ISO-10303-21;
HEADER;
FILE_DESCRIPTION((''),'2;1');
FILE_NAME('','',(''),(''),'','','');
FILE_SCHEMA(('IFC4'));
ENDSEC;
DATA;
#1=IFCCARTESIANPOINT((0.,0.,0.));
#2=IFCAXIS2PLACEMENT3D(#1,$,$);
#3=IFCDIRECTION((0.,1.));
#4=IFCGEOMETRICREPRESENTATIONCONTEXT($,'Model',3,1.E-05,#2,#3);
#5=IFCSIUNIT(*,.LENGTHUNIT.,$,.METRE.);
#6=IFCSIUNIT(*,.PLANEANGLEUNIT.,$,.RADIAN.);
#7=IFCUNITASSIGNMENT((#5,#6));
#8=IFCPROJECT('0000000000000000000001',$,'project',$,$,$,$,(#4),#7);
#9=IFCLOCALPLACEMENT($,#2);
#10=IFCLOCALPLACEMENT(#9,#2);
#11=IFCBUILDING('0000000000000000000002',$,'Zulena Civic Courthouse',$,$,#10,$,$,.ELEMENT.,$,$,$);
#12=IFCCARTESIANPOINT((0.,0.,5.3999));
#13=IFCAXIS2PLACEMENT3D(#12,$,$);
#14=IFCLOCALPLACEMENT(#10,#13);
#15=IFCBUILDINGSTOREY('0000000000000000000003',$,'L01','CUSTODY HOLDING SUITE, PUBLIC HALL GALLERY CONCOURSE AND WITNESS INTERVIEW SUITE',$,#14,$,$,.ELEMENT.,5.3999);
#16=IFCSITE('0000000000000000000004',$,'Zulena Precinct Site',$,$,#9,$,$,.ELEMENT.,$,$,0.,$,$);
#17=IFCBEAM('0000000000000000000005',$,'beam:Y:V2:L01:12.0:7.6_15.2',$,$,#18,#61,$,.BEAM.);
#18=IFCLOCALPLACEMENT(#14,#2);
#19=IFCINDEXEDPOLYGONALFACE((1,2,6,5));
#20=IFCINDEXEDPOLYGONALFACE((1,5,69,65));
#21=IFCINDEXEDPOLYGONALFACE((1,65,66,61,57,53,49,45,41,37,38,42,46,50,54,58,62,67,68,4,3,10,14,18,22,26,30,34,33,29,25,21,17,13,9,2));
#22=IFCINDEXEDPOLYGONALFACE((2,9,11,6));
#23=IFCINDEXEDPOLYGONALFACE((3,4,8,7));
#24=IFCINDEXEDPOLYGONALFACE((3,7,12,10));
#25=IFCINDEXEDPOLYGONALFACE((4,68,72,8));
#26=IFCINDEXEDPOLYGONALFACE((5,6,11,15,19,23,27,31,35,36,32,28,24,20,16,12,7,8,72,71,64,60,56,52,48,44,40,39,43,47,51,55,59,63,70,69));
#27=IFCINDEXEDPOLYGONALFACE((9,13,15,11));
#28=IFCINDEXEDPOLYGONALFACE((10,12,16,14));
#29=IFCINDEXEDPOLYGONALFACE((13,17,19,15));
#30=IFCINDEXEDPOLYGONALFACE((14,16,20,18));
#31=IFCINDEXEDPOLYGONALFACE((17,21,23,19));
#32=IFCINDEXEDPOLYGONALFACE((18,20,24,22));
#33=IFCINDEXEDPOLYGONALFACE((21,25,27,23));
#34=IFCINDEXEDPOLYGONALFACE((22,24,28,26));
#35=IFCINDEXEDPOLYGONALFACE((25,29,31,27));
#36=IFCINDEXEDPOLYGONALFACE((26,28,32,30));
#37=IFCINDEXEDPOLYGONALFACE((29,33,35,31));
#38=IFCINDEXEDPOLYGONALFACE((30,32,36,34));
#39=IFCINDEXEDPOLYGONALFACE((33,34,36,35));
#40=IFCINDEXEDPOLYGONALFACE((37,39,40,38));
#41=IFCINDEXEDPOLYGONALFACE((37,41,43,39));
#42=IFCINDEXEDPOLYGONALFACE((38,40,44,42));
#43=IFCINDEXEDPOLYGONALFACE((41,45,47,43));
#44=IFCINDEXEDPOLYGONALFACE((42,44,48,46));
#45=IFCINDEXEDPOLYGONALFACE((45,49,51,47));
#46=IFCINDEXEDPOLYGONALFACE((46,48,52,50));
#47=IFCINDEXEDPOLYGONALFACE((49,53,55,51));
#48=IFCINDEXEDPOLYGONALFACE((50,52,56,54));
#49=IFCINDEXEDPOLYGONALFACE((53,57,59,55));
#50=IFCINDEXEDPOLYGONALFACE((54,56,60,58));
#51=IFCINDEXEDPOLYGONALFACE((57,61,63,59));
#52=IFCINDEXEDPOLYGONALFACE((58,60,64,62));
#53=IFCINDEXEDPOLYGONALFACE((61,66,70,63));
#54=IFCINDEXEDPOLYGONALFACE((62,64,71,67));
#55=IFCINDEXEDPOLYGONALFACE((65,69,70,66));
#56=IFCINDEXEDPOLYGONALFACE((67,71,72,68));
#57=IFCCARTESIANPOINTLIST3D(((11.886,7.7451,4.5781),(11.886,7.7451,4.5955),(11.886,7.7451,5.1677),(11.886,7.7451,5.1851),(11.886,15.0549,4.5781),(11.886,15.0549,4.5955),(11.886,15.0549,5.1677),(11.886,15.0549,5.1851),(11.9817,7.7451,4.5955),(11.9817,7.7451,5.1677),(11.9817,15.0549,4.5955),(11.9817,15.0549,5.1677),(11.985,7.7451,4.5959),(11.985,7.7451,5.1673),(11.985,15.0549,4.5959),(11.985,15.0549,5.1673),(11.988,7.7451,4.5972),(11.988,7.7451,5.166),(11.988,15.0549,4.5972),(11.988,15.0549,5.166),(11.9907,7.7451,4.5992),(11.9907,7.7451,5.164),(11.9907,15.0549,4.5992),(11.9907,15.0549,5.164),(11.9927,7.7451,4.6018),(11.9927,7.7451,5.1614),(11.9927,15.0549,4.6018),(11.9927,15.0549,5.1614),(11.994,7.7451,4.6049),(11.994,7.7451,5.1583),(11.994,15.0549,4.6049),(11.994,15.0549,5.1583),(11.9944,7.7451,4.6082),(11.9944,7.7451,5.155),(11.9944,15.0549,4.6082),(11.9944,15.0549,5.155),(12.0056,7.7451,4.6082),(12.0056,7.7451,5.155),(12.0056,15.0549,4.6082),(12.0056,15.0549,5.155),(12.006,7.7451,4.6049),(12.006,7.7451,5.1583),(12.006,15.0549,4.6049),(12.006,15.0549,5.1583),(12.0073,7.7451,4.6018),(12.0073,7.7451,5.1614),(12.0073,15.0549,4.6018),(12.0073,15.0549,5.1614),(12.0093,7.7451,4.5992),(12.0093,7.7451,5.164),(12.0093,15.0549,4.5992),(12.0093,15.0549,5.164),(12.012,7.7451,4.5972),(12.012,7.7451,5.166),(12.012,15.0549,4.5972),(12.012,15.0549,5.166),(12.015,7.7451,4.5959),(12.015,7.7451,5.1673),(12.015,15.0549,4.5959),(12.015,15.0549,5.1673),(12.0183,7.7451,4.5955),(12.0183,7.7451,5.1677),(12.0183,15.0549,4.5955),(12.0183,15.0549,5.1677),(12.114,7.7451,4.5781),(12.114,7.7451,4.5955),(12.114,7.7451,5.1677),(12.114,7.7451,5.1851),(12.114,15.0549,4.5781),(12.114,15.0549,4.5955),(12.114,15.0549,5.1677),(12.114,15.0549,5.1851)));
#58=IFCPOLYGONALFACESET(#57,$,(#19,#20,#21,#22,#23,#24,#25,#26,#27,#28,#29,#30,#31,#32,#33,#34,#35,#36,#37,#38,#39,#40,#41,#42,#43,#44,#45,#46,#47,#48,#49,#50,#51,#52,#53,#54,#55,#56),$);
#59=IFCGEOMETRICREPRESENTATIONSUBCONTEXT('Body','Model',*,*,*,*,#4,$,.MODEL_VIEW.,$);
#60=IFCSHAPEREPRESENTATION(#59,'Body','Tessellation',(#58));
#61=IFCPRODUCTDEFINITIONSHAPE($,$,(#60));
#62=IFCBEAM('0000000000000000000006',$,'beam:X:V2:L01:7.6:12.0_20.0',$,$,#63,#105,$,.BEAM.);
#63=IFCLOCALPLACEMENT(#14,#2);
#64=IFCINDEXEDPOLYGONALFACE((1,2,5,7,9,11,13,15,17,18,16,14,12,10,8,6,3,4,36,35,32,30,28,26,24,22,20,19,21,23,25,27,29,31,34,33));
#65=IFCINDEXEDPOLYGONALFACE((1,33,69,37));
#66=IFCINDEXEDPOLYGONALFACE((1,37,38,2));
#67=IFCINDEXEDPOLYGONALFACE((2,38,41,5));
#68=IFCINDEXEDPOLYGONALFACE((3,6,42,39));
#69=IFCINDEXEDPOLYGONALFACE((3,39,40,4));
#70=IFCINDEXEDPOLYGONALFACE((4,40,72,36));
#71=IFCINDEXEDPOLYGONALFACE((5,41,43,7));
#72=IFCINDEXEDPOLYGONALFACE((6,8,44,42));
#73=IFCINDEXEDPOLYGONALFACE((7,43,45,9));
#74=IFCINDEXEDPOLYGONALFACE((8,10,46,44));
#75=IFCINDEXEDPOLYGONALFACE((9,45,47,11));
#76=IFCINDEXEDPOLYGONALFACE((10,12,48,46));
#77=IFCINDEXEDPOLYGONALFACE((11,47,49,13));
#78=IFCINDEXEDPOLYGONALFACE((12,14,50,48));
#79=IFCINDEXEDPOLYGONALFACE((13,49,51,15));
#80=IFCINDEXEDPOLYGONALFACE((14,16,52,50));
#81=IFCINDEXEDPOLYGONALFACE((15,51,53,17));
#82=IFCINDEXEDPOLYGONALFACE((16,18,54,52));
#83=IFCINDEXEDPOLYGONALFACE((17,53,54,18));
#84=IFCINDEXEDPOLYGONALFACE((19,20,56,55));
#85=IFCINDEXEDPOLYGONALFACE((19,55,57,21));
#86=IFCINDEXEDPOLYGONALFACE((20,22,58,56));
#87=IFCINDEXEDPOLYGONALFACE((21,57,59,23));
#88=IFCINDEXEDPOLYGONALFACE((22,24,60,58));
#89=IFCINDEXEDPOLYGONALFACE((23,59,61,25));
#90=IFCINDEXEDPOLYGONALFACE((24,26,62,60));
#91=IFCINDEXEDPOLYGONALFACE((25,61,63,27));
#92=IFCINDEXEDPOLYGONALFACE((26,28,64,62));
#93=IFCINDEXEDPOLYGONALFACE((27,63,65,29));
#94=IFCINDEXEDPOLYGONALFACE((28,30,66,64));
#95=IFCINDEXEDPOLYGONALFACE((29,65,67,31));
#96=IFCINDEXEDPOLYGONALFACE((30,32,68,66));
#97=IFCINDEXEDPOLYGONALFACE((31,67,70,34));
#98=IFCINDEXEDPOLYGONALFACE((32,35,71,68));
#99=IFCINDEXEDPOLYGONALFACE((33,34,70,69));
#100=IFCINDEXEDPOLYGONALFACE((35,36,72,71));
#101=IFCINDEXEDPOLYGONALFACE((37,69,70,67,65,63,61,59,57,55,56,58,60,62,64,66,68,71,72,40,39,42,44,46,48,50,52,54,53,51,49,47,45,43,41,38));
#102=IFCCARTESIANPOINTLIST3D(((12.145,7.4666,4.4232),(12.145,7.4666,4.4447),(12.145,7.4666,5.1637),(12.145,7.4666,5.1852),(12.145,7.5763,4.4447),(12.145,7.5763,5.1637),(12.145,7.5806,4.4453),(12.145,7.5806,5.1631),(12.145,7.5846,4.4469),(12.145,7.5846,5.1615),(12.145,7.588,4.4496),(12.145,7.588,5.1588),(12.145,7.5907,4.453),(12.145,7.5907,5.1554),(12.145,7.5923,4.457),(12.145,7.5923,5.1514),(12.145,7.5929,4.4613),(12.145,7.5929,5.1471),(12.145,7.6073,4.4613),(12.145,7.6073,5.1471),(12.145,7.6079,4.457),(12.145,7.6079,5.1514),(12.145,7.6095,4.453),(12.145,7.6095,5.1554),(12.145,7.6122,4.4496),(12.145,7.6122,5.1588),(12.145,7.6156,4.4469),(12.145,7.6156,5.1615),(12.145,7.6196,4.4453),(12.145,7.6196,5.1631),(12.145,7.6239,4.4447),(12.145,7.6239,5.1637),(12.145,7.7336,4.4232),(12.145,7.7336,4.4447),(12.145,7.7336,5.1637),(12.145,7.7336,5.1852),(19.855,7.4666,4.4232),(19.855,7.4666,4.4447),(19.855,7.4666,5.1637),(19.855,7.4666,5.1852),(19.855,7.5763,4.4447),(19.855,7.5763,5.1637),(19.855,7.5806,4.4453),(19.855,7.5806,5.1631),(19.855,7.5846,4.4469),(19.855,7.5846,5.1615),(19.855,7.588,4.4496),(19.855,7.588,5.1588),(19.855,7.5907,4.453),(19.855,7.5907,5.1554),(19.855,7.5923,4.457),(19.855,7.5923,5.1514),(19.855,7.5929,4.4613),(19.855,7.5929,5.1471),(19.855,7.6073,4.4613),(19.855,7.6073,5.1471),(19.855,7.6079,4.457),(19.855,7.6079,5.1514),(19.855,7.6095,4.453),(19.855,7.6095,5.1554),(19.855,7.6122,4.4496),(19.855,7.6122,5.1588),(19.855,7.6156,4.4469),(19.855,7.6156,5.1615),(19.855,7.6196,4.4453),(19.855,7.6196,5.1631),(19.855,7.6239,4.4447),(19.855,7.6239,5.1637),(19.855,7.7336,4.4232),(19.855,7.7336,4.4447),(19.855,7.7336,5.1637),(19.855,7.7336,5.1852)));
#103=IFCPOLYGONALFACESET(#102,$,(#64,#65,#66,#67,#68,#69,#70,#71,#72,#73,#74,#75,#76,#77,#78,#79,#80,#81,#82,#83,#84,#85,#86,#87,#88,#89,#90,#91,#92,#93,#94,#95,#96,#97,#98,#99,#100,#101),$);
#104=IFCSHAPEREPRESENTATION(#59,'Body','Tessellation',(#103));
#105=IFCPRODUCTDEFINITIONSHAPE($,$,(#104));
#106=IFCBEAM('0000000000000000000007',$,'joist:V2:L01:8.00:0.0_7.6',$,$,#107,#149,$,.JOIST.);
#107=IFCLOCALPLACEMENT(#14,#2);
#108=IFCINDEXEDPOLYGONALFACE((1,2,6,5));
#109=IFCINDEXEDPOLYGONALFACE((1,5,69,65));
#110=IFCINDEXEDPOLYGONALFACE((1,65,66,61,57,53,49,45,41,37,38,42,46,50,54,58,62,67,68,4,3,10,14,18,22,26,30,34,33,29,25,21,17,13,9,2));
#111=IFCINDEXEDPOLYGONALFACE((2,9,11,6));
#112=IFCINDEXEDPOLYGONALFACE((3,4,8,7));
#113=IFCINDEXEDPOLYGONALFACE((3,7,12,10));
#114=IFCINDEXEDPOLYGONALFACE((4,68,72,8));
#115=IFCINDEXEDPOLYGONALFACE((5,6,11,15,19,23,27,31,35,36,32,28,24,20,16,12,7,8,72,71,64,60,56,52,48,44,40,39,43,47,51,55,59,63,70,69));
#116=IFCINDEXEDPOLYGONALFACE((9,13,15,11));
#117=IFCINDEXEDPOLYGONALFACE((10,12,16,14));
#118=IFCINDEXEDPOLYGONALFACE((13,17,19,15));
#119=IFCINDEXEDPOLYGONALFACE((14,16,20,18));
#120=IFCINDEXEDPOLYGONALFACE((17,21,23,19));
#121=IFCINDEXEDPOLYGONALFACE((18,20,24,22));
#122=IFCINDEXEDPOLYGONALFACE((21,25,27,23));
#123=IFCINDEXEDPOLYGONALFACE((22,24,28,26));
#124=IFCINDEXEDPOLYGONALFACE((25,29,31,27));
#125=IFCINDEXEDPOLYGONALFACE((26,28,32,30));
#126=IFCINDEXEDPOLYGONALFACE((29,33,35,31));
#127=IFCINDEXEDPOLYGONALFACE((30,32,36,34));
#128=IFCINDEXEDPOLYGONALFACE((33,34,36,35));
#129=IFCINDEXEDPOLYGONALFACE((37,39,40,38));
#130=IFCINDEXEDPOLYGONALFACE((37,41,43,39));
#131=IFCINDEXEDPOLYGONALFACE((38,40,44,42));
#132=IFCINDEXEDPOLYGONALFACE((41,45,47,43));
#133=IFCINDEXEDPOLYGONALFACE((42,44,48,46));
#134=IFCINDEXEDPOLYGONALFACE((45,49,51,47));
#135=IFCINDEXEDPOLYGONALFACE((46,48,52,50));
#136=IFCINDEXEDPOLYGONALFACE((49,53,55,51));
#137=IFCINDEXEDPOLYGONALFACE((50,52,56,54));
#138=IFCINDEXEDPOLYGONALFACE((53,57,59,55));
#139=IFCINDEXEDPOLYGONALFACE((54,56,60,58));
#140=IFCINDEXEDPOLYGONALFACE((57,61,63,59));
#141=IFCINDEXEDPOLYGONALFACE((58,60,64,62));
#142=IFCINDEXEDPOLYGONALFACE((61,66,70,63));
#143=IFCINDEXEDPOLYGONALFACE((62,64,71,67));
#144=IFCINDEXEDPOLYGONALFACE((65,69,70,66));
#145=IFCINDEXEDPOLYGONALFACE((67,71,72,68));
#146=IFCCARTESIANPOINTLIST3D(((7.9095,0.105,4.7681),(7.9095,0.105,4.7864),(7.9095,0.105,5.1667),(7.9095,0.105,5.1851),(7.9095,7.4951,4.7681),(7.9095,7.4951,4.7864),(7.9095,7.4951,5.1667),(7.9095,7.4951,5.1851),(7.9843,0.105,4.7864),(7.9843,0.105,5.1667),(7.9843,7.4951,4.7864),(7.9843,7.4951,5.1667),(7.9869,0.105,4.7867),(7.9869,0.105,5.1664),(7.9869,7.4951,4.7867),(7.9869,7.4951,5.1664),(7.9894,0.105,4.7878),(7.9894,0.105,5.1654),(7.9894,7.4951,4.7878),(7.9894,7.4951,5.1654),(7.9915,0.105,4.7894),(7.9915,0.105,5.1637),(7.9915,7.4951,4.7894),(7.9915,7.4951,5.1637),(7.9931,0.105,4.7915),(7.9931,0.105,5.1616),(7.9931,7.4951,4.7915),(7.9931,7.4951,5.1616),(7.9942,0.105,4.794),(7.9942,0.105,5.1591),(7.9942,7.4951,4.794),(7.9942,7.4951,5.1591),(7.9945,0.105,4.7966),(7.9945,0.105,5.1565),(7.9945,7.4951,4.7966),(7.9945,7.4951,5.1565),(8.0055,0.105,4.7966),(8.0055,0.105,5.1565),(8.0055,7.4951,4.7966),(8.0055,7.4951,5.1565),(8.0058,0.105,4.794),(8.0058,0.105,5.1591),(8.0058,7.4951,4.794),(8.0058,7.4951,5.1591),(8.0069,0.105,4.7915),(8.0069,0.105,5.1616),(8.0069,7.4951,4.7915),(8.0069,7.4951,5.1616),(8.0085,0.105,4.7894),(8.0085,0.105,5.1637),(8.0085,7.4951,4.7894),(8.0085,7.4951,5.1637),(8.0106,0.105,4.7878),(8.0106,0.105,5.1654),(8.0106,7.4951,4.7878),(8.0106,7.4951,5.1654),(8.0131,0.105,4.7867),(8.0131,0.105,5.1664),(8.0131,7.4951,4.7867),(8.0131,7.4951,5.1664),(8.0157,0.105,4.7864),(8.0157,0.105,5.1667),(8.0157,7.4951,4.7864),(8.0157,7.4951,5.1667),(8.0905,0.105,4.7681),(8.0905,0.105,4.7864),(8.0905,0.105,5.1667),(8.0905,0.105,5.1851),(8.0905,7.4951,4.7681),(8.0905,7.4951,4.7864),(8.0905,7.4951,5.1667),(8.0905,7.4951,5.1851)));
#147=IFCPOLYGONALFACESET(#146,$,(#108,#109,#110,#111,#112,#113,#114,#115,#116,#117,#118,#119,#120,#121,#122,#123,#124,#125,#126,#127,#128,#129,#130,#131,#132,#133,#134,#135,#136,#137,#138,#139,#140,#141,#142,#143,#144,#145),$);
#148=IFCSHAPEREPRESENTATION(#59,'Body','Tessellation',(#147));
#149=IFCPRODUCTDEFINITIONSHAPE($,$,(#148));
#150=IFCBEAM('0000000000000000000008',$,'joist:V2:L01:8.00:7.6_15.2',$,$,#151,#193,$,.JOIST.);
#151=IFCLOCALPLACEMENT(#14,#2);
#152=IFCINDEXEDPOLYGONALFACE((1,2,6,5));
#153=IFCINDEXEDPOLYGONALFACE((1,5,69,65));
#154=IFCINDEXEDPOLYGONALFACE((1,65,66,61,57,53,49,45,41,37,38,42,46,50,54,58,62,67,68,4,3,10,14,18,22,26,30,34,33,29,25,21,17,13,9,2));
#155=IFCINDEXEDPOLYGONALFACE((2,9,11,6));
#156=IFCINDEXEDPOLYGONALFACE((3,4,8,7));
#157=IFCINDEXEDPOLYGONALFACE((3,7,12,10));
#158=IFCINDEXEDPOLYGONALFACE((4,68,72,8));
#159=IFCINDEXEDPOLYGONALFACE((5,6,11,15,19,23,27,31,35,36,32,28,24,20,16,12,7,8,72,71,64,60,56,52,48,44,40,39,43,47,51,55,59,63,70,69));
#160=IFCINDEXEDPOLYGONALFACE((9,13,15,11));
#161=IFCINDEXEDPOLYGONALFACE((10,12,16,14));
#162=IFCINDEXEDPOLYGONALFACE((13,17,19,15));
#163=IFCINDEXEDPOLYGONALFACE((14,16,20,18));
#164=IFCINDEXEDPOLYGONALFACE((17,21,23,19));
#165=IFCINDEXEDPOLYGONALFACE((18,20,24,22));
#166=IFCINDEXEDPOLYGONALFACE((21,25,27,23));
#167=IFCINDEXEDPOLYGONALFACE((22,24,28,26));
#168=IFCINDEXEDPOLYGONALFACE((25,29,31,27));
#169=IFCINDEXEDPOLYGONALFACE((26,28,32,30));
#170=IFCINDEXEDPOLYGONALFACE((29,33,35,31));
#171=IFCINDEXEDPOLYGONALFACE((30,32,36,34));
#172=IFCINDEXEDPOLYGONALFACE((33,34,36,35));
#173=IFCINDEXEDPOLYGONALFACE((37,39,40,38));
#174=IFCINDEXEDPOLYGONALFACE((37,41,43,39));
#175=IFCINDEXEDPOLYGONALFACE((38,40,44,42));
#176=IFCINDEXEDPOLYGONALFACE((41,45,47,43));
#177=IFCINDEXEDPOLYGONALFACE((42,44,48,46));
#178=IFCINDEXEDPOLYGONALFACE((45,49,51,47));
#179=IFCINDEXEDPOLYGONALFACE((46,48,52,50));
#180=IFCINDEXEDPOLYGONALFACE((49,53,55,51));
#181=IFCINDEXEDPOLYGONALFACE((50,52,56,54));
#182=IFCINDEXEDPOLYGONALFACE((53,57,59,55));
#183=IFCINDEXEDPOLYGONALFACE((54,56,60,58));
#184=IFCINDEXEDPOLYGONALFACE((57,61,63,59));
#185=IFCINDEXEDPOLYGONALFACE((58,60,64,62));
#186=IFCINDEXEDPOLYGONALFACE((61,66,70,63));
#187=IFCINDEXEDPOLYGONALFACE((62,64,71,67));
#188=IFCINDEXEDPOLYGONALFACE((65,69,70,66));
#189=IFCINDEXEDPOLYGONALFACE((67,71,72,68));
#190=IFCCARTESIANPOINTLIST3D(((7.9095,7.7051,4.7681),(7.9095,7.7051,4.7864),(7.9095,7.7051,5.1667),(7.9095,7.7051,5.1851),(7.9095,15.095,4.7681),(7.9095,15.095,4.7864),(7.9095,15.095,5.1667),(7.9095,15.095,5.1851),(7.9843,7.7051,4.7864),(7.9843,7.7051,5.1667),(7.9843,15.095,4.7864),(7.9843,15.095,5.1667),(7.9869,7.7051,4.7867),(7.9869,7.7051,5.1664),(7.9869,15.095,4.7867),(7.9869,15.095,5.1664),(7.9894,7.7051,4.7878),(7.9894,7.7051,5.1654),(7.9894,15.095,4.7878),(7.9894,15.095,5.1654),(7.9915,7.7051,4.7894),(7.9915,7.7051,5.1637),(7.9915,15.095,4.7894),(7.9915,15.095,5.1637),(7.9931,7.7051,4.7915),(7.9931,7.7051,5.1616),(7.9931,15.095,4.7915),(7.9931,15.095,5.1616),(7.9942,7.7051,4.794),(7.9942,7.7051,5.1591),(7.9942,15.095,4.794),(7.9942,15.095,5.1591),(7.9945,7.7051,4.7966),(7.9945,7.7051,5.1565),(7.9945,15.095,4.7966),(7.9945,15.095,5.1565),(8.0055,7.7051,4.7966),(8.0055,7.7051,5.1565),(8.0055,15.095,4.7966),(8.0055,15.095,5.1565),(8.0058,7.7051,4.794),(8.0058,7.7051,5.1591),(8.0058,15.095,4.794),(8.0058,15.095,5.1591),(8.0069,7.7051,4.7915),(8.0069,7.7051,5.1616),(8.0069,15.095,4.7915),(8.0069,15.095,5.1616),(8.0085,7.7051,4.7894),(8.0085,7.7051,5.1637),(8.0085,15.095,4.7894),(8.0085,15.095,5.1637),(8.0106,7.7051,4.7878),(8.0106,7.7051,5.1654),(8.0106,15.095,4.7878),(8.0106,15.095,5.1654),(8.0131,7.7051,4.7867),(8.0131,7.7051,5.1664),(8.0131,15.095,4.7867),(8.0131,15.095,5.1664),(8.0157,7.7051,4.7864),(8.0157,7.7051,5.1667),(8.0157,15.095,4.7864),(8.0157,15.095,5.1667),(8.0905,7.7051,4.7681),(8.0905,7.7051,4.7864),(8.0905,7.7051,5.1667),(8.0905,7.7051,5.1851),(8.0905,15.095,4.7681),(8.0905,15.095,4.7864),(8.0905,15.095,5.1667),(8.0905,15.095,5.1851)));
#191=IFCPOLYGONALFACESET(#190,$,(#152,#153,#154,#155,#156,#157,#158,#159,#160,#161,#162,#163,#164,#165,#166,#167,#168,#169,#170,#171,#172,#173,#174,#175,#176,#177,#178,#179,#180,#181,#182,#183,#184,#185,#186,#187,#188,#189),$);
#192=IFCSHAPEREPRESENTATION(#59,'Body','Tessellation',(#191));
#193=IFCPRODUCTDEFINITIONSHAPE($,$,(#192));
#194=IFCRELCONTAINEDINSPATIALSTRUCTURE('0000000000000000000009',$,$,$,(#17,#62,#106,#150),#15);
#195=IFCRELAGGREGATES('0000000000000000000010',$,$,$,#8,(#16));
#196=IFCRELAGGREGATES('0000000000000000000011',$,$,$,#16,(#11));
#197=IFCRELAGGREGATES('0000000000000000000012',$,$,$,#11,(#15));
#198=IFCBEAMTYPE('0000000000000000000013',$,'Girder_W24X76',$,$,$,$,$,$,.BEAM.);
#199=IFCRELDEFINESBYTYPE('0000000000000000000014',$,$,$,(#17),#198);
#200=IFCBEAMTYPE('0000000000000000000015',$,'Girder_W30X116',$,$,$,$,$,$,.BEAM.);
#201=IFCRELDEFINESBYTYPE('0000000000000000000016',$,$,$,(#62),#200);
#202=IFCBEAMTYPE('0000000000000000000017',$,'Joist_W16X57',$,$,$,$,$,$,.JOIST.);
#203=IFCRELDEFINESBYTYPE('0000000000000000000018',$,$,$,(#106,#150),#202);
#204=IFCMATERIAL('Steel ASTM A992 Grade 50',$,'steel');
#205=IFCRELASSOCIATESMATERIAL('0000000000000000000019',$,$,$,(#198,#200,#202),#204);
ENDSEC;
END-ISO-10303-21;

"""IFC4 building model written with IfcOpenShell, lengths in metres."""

from ifc_helpers import new_model, si_unit, direction, frame, origin, origin_2d, place, context, subcontext, project, spatial, i_section, extrude, material, material_profile, profile_set, type_object, element, save


model = new_model("IFC4")

# Units and contexts
model_context = context("Model", 3, precision=1e-05, world=origin(), true_north=direction((0.0, 1.0)))
body_context = subcontext(model_context, "Body", "Model", "MODEL_VIEW")
ifc_project = project(units=[si_unit("LENGTHUNIT", "METRE"), si_unit("PLANEANGLEUNIT", "RADIAN")], contexts=[model_context])

# Site, building, storey
site_placement = place(None, origin())
site = spatial("IfcSite", under=ifc_project, at=site_placement, Name="Zulena Precinct Site", CompositionType="ELEMENT", RefElevation=0.0)
building_placement = place(site_placement, origin())
building = spatial("IfcBuilding", under=site, at=building_placement, Name="Zulena Civic Courthouse", CompositionType="ELEMENT")
storey_placement = place(building_placement, frame((0.0, 0.0, 5.3999)))
storey = spatial("IfcBuildingStorey", under=building, at=storey_placement, Name="L01", Description="CUSTODY HOLDING SUITE, PUBLIC HALL GALLERY CONCOURSE AND WITNESS INTERVIEW SUITE", CompositionType="ELEMENT", Elevation=5.3999)

# Shared definitions
ifc_material_1 = material(Name="Steel ASTM A992 Grade 50", Category="steel")

# Beams
ifc_material_profile_1 = material_profile(ifc_material_1, i_section(OverallWidth=0.228, OverallDepth=0.6069, WebThickness=0.0112, FlangeThickness=0.0173, FilletRadius=0.0127, at=origin_2d()), Name="W24X76")
ifc_profile_set_1 = profile_set([ifc_material_profile_1], Name="Steel ASTM A992 Grade 50")
beam_type_1 = type_object("IfcBeamType", Name="Girder_W24X76", PredefinedType="BEAM", material=ifc_profile_set_1)
beam_1_placement = place(storey_placement, frame((12.0, 7.7451, 4.8816), z_axis=(0.0, 1.0, 0.0), x_axis=(-1.0, 0.0, 0.0)))
element("IfcBeam", 1, at=beam_1_placement, inside=storey, type_object=beam_type_1, Name="beam:Y:V2:L01:12.0:7.6_15.2", PredefinedType="BEAM", context=body_context, shape_type="SweptSolid", body=[
    extrude(i_section(OverallWidth=0.228, OverallDepth=0.6069, WebThickness=0.0112, FlangeThickness=0.0173, FilletRadius=0.0127, at=origin_2d()), origin(), (0.0, 0.0, 1.0), 7.3098),
])
ifc_material_profile_2 = material_profile(ifc_material_1, i_section(OverallWidth=0.2671, OverallDepth=0.762, WebThickness=0.0144, FlangeThickness=0.0215, FilletRadius=0.0166, at=origin_2d()), Name="W30X116")
ifc_profile_set_2 = profile_set([ifc_material_profile_2], Name="Steel ASTM A992 Grade 50")
beam_type_2 = type_object("IfcBeamType", Name="Girder_W30X116", PredefinedType="BEAM", material=ifc_profile_set_2)
beam_2_placement = place(storey_placement, frame((12.145, 7.6001, 4.8042), z_axis=(1.0, 0.0, 0.0), x_axis=(0.0, 1.0, 0.0)))
element("IfcBeam", 2, at=beam_2_placement, inside=storey, type_object=beam_type_2, Name="beam:X:V2:L01:7.6:12.0_20.0", PredefinedType="BEAM", context=body_context, shape_type="SweptSolid", body=[
    extrude(i_section(OverallWidth=0.2671, OverallDepth=0.762, WebThickness=0.0144, FlangeThickness=0.0215, FilletRadius=0.0166, at=origin_2d()), origin(), (0.0, 0.0, 1.0), 7.71),
])
ifc_material_profile_3 = material_profile(ifc_material_1, i_section(OverallWidth=0.1809, OverallDepth=0.417, WebThickness=0.011, FlangeThickness=0.0183, FilletRadius=0.0103, at=origin_2d()), Name="W16X57")
ifc_profile_set_3 = profile_set([ifc_material_profile_3], Name="Steel ASTM A992 Grade 50")
beam_type_3 = type_object("IfcBeamType", Name="Joist_W16X57", PredefinedType="JOIST", material=ifc_profile_set_3)
beam_3_placement = place(storey_placement, frame((8.0, 0.105, 4.9766), z_axis=(0.0, 1.0, 0.0), x_axis=(-1.0, 0.0, 0.0)))
element("IfcBeam", 3, at=beam_3_placement, inside=storey, type_object=beam_type_3, Name="joist:V2:L01:8.00:0.0_7.6", PredefinedType="JOIST", context=body_context, shape_type="SweptSolid", body=[
    extrude(i_section(OverallWidth=0.1809, OverallDepth=0.417, WebThickness=0.011, FlangeThickness=0.0183, FilletRadius=0.0103, at=origin_2d()), origin(), (0.0, 0.0, 1.0), 7.3901),
])
beam_4_placement = place(storey_placement, frame((8.0, 7.7051, 4.9766), z_axis=(0.0, 1.0, 0.0), x_axis=(-1.0, 0.0, 0.0)))
element("IfcBeam", 4, at=beam_4_placement, inside=storey, type_object=beam_type_3, Name="joist:V2:L01:8.00:7.6_15.2", PredefinedType="JOIST", context=body_context, shape_type="SweptSolid", body=[
    extrude(i_section(OverallWidth=0.1809, OverallDepth=0.417, WebThickness=0.011, FlangeThickness=0.0183, FilletRadius=0.0103, at=origin_2d()), origin(), (0.0, 0.0, 1.0), 7.3899),
])

save(model, "model.ifc")
